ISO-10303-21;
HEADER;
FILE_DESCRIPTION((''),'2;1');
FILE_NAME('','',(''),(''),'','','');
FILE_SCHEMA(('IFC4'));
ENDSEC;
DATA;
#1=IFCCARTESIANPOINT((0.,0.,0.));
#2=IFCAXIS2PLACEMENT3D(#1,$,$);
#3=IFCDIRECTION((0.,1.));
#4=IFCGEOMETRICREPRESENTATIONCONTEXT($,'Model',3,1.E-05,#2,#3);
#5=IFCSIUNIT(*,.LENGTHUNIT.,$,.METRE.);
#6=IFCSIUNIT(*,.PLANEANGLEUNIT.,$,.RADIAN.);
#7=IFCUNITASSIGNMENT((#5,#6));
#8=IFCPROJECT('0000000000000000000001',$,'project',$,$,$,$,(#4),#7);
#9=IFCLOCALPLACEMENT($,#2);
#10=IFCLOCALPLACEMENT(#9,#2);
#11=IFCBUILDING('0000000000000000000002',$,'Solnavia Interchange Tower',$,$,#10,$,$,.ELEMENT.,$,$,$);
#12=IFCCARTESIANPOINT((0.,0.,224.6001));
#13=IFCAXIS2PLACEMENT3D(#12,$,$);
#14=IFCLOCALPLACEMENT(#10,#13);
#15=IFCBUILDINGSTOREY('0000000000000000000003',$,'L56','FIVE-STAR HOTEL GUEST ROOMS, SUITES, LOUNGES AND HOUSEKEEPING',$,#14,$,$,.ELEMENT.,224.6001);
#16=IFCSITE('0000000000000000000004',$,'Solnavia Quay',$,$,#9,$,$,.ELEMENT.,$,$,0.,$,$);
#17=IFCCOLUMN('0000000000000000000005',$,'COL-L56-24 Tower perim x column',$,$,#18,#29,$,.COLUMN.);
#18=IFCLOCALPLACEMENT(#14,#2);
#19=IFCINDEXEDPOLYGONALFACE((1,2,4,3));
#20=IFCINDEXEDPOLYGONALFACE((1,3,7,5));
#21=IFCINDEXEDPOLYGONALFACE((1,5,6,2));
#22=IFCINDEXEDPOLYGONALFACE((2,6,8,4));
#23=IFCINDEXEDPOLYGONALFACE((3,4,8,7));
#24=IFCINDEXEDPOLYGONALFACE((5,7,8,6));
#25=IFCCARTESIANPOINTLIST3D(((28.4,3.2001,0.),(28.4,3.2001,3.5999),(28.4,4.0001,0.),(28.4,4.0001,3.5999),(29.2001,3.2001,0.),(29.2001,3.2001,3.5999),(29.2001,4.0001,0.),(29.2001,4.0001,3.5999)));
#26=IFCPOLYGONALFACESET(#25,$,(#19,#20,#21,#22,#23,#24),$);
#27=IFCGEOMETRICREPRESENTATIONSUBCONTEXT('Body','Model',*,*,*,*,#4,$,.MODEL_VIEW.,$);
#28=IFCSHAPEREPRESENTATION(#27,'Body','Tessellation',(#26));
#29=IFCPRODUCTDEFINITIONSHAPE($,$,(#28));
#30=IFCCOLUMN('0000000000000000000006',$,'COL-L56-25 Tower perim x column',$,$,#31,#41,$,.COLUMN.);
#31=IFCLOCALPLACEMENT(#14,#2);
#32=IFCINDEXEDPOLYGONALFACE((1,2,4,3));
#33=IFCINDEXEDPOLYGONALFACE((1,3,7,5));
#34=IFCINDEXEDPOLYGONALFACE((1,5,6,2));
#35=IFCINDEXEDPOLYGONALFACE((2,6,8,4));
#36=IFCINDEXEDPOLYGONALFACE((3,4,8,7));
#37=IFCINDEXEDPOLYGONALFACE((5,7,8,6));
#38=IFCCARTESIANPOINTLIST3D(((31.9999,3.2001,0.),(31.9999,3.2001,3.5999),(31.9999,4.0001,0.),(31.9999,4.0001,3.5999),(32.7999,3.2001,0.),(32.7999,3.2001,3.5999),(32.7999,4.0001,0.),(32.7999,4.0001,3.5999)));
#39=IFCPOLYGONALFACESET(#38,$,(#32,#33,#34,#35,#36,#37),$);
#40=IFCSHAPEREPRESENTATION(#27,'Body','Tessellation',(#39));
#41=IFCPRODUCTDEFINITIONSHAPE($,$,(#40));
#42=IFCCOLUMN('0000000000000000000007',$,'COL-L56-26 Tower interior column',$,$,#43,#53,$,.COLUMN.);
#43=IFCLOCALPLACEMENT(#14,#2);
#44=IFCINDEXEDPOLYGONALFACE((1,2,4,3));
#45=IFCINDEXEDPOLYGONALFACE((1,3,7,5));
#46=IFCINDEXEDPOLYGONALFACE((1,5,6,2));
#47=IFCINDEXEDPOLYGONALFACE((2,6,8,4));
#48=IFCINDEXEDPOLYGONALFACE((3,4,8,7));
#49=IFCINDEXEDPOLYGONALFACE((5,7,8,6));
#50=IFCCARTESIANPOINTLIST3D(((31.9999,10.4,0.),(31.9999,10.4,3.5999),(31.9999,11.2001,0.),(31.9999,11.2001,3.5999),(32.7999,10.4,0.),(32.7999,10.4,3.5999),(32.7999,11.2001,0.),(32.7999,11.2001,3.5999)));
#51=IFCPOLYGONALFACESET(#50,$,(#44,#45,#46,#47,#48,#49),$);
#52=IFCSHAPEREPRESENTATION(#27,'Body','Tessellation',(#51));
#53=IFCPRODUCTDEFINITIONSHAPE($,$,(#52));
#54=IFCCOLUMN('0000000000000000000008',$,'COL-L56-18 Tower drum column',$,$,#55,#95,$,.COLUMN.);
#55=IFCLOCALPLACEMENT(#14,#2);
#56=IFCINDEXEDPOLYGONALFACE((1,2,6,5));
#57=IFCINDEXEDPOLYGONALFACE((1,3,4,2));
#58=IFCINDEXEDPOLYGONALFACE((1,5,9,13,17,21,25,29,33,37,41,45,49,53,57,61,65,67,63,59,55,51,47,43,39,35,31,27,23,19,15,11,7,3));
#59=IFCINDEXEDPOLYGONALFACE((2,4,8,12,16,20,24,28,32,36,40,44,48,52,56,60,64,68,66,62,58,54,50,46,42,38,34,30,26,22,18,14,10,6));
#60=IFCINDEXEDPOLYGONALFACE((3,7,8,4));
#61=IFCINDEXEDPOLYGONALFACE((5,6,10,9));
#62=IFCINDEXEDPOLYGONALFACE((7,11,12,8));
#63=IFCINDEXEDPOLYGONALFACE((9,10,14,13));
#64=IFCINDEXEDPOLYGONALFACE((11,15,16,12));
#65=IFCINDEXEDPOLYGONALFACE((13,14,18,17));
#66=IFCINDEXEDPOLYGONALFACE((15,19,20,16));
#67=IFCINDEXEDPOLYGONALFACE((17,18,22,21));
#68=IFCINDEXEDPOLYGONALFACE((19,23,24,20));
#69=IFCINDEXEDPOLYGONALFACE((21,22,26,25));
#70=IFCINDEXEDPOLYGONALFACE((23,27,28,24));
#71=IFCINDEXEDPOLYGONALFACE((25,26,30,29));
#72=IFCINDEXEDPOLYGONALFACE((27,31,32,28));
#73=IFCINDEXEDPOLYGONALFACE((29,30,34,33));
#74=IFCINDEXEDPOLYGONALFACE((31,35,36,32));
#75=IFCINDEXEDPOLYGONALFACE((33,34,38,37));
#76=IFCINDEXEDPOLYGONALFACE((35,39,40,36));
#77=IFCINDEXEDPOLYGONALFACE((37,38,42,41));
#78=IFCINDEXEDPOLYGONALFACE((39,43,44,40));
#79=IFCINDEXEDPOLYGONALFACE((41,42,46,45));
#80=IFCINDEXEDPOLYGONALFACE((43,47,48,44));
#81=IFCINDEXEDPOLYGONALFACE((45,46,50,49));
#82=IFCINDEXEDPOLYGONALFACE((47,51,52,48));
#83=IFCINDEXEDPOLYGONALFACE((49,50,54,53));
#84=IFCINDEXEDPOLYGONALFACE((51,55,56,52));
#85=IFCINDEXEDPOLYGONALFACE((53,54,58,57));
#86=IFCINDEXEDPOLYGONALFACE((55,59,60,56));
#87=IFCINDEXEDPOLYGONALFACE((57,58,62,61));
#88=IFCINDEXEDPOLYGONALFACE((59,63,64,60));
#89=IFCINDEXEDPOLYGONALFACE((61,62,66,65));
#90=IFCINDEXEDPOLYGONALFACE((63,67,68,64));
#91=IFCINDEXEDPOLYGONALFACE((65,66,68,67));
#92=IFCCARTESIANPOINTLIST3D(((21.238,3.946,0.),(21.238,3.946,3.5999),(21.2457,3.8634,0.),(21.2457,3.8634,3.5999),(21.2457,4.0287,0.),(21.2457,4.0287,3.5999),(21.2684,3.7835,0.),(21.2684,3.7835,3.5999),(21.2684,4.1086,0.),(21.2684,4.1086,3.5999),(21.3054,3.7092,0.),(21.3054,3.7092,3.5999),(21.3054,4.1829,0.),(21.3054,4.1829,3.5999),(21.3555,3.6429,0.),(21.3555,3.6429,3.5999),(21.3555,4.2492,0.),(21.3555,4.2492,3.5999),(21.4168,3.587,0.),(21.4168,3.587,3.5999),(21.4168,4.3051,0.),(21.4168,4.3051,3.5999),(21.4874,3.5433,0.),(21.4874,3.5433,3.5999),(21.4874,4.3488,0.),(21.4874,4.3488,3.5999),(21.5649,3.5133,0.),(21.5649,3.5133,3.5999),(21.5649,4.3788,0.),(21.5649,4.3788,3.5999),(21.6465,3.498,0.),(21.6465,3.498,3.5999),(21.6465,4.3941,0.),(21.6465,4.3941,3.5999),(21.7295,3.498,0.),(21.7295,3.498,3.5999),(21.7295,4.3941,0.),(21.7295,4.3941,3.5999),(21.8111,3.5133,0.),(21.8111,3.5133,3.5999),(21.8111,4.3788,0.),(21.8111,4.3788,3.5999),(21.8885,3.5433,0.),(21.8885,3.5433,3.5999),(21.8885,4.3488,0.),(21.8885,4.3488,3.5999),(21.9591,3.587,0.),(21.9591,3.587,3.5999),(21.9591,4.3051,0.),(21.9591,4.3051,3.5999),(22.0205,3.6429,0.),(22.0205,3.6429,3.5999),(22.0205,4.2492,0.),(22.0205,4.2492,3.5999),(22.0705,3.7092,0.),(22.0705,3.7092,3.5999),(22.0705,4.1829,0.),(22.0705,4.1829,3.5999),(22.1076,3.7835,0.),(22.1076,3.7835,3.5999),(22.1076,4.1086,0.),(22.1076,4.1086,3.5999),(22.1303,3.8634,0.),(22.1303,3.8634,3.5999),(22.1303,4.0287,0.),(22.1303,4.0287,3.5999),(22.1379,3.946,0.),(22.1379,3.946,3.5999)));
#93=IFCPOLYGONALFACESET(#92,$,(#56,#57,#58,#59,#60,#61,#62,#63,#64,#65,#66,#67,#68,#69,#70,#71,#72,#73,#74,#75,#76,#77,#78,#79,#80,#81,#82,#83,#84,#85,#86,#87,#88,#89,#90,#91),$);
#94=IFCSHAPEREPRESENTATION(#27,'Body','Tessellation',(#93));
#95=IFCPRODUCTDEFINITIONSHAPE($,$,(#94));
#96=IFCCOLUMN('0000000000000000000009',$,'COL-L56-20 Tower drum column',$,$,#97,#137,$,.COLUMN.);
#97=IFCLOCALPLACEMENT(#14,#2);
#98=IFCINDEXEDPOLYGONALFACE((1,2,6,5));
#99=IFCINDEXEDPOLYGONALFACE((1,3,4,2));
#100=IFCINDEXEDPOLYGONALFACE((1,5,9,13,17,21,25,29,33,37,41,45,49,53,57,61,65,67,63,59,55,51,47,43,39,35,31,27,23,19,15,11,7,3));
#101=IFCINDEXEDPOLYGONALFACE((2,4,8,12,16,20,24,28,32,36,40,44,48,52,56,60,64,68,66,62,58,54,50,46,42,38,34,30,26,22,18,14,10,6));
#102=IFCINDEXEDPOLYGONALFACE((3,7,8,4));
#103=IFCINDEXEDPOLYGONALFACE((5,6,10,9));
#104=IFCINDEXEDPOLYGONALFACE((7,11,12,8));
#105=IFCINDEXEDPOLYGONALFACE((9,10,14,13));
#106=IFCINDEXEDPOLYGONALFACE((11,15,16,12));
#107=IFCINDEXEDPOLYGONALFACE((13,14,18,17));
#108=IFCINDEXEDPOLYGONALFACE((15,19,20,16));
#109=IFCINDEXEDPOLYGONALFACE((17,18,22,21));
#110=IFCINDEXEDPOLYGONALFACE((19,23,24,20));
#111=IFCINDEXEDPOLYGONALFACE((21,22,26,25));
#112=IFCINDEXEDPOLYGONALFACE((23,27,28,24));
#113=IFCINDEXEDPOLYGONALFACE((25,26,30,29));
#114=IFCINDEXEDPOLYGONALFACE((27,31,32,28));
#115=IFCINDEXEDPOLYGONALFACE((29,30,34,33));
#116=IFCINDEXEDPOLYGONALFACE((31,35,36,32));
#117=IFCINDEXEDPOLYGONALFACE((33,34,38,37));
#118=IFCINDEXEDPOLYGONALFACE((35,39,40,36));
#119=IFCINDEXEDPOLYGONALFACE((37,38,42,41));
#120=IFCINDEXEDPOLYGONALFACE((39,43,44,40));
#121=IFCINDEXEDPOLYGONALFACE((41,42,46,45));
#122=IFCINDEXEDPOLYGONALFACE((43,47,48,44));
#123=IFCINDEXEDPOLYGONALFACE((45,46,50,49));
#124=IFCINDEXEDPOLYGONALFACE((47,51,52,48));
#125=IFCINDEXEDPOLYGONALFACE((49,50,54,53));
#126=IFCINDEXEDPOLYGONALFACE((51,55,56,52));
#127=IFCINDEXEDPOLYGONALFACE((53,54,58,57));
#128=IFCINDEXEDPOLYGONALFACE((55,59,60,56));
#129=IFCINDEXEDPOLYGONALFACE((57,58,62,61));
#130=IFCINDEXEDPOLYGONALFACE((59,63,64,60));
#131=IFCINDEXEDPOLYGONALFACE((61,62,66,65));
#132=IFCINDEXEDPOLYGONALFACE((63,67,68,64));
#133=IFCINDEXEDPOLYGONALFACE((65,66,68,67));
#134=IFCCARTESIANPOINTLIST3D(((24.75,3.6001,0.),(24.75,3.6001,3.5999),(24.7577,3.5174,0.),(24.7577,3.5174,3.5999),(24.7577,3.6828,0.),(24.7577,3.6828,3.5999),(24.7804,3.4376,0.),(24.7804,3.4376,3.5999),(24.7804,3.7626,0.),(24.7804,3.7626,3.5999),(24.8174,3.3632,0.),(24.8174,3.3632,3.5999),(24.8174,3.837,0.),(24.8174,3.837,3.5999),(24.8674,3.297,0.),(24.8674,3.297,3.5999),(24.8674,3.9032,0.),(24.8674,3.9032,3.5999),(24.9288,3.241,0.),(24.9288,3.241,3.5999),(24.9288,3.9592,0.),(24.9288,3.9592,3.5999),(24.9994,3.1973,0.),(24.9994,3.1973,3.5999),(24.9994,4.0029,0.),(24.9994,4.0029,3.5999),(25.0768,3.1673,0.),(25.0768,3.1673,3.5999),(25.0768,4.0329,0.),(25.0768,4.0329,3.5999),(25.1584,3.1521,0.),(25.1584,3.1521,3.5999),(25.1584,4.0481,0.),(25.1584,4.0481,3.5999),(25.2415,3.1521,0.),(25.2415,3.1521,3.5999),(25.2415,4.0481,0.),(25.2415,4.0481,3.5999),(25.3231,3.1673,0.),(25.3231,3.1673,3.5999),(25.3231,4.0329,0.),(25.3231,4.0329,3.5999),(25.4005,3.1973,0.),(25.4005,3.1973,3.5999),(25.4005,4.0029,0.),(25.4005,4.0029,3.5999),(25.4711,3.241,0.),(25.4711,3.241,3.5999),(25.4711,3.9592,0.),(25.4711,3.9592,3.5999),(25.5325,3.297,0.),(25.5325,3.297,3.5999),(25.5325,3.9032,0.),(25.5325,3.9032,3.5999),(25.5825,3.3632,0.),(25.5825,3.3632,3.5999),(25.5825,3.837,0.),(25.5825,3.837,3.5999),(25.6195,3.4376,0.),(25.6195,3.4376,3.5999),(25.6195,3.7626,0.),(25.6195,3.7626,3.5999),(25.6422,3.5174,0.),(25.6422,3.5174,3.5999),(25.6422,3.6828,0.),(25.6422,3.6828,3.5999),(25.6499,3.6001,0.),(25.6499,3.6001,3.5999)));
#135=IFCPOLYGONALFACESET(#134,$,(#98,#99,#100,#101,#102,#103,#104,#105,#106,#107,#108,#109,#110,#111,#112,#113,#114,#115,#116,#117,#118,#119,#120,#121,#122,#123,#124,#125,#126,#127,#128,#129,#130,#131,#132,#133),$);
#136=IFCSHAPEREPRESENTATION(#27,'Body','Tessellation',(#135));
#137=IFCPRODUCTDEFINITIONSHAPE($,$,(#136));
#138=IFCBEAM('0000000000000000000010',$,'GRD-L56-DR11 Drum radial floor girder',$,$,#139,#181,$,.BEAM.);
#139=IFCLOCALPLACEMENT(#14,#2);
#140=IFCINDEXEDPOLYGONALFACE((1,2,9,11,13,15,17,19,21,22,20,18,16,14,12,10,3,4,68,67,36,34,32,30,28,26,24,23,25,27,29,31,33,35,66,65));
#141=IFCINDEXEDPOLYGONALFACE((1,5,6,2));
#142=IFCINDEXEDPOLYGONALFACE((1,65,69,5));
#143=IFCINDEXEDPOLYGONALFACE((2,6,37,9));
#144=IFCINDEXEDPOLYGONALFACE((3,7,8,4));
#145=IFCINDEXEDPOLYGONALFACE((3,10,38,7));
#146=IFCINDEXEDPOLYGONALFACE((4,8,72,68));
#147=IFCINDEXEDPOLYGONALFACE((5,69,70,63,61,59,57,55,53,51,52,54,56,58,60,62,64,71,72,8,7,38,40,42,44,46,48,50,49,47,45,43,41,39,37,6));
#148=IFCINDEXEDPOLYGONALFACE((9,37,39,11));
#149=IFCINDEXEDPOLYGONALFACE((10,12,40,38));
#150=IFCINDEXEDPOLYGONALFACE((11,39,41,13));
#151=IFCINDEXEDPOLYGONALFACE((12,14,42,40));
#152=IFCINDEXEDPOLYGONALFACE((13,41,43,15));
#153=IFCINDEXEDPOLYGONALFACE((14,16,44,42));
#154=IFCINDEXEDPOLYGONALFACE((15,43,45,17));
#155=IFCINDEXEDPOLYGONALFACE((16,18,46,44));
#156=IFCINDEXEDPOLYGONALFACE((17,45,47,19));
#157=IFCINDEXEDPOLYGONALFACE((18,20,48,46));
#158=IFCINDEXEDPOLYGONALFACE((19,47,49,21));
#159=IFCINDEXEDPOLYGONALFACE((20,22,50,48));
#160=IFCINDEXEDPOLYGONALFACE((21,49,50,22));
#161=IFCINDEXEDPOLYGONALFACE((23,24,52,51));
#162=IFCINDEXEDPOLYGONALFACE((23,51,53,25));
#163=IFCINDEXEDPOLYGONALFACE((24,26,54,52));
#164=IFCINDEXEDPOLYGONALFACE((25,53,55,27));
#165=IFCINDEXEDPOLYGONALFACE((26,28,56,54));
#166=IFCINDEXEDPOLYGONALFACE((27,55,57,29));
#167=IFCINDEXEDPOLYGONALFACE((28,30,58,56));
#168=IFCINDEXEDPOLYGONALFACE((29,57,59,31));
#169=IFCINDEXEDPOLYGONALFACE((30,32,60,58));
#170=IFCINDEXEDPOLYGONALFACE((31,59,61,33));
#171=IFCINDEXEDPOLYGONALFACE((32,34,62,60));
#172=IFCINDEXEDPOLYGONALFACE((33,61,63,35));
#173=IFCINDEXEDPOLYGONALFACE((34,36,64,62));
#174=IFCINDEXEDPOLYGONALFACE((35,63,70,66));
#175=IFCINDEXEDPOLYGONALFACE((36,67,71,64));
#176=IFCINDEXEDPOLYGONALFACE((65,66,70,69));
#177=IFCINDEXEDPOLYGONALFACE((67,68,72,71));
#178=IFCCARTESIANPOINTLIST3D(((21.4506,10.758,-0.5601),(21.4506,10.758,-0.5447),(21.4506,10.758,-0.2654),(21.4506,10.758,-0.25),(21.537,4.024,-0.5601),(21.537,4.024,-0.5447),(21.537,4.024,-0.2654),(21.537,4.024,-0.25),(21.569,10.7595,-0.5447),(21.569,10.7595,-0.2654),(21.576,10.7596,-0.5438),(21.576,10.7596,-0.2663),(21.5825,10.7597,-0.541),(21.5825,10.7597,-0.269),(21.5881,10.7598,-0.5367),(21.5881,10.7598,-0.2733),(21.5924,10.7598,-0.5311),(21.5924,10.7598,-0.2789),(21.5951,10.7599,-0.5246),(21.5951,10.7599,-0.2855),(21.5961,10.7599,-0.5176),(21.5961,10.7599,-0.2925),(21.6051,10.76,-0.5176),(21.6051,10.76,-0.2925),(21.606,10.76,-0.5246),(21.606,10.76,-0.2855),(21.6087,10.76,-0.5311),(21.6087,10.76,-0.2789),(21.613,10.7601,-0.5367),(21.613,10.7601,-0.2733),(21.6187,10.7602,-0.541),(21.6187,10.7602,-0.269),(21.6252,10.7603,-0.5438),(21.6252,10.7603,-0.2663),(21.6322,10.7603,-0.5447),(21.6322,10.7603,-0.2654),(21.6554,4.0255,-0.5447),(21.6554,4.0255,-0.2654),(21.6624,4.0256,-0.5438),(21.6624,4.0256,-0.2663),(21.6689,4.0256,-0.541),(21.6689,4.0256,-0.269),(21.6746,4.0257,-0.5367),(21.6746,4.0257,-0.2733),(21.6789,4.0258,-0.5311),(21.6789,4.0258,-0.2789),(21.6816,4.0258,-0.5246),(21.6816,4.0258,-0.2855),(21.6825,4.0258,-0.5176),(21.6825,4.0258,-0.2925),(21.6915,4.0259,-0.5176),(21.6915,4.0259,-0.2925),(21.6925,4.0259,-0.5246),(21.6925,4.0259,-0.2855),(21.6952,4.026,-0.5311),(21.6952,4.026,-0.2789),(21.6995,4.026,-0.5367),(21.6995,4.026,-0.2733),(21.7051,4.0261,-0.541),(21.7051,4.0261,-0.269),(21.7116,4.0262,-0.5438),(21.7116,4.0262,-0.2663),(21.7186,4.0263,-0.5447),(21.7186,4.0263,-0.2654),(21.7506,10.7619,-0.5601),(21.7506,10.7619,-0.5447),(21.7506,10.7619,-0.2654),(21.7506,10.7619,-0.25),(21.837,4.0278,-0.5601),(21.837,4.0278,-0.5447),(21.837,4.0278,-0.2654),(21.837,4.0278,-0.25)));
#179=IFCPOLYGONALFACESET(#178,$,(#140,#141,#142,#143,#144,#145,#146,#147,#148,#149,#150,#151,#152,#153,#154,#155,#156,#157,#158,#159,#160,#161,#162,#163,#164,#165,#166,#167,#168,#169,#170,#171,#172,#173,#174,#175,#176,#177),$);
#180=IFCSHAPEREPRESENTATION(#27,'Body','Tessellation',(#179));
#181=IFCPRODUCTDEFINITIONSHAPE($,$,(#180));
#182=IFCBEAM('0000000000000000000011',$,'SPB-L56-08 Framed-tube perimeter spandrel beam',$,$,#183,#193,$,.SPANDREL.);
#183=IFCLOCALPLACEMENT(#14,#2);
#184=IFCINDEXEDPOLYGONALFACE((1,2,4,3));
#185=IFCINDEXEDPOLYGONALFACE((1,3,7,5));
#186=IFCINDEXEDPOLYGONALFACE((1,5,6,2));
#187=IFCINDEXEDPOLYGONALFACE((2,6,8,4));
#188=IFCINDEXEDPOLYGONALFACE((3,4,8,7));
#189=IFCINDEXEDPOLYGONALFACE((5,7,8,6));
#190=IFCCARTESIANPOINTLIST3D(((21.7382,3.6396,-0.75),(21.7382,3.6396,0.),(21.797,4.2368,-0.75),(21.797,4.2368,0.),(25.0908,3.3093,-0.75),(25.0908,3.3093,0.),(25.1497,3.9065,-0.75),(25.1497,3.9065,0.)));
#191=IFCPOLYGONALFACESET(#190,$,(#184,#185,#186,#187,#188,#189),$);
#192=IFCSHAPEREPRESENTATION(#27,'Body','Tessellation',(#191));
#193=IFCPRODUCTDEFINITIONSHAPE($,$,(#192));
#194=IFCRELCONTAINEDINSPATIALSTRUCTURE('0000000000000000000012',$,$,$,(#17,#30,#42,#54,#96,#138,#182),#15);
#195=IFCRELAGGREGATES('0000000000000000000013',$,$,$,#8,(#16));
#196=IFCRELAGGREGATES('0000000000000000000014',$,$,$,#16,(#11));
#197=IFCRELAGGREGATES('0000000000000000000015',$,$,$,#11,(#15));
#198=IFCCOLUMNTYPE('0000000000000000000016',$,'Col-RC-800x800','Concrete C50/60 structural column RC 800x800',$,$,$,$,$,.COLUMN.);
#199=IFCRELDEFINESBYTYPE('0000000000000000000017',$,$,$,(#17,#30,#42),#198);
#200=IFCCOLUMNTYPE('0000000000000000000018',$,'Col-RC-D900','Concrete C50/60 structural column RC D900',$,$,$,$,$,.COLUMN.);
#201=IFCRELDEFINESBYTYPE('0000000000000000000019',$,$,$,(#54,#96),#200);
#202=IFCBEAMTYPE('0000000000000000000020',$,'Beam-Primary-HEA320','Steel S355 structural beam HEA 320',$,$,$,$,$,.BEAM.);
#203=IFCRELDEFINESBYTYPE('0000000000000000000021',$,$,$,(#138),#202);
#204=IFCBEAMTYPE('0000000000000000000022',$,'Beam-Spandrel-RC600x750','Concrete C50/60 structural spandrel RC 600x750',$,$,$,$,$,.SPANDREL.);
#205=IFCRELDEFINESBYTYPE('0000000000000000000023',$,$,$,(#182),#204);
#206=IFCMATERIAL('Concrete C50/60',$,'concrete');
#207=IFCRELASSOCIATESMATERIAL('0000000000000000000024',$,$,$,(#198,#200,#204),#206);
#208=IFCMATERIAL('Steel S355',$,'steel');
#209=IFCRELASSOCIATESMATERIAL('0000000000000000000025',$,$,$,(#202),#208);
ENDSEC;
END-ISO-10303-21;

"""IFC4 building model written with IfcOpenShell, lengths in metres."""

from ifc_helpers import new_model, si_unit, direction, frame, origin, origin_2d, place, context, subcontext, project, spatial, rectangle, circle, i_section, extrude, material, material_profile, profile_set, type_object, element, save


model = new_model("IFC4")

# Units and contexts
model_context = context("Model", 3, precision=1e-05, world=origin(), true_north=direction((0.0, 1.0)))
body_context = subcontext(model_context, "Body", "Model", "MODEL_VIEW")
ifc_project = project(units=[si_unit("LENGTHUNIT", "METRE"), si_unit("PLANEANGLEUNIT", "RADIAN")], contexts=[model_context])

# Site, building, storey
site_placement = place(None, origin())
site = spatial("IfcSite", under=ifc_project, at=site_placement, Name="Solnavia Quay", CompositionType="ELEMENT", RefElevation=0.0)
building_placement = place(site_placement, origin())
building = spatial("IfcBuilding", under=site, at=building_placement, Name="Solnavia Interchange Tower", CompositionType="ELEMENT")
storey_placement = place(building_placement, frame((0.0, 0.0, 224.6001)))
storey = spatial("IfcBuildingStorey", under=building, at=storey_placement, Name="L56", Description="FIVE-STAR HOTEL GUEST ROOMS, SUITES, LOUNGES AND HOUSEKEEPING", CompositionType="ELEMENT", Elevation=224.6001)

# Columns
ifc_material_1 = material(Name="Concrete C50/60", Category="concrete")
ifc_material_profile_1 = material_profile(ifc_material_1, rectangle(XDim=0.8, YDim=0.8, at=origin_2d()), Name="RC 800x800")
ifc_profile_set_1 = profile_set([ifc_material_profile_1], Name="Concrete C50/60")
column_type_1 = type_object("IfcColumnType", Name="Col-RC-800x800", Description="Concrete C50/60 structural column RC 800x800", PredefinedType="COLUMN", material=ifc_profile_set_1)
for number, where, z_axis, x_axis, name in (
    (1, (28.8, 3.6001, 0.0), (0.0, 0.0, 1.0), (1.0, 0.0, 0.0), "COL-L56-24 Tower perim x column"),
    (2, (32.3999, 3.6001, 0.0), (0.0, 0.0, 1.0), (1.0, 0.0, 0.0), "COL-L56-25 Tower perim x column"),
    (3, (32.3999, 10.8, 0.0), (0.0, 0.0, 1.0), (1.0, 0.0, 0.0), "COL-L56-26 Tower interior column"),
):
    element("IfcColumn", number, at=place(storey_placement, frame(where, z_axis=z_axis, x_axis=x_axis)), inside=storey, type_object=column_type_1, Name=name, PredefinedType="COLUMN", context=body_context, shape_type="SweptSolid", body=[
        extrude(rectangle(XDim=0.8, YDim=0.8, at=origin_2d()), origin(), (0.0, 0.0, 1.0), 3.5999),
    ])
ifc_material_profile_2 = material_profile(ifc_material_1, circle(Radius=0.45, at=origin_2d()), Name="RC D900")
ifc_profile_set_2 = profile_set([ifc_material_profile_2], Name="Concrete C50/60")
column_type_2 = type_object("IfcColumnType", Name="Col-RC-D900", Description="Concrete C50/60 structural column RC D900", PredefinedType="COLUMN", material=ifc_profile_set_2)
for number, where, z_axis, x_axis, name in (
    (4, (21.688, 3.946, 0.0), (0.0, 0.0, 1.0), (1.0, 0.0, 0.0), "COL-L56-18 Tower drum column"),
    (5, (25.2, 3.6001, 0.0), (0.0, 0.0, 1.0), (1.0, 0.0, 0.0), "COL-L56-20 Tower drum column"),
):
    element("IfcColumn", number, at=place(storey_placement, frame(where, z_axis=z_axis, x_axis=x_axis)), inside=storey, type_object=column_type_2, Name=name, PredefinedType="COLUMN", context=body_context, shape_type="SweptSolid", body=[
        extrude(circle(Radius=0.45, at=origin_2d()), origin(), (0.0, 0.0, 1.0), 3.5999),
    ])

# Beams
ifc_material_2 = material(Name="Steel S355", Category="steel")
ifc_material_profile_3 = material_profile(ifc_material_2, i_section(OverallWidth=0.3, OverallDepth=0.3101, WebThickness=0.009, FlangeThickness=0.0154, FilletRadius=0.0271, at=origin_2d()), Name="HEA 320")
ifc_profile_set_3 = profile_set([ifc_material_profile_3], Name="Steel S355")
beam_type_1 = type_object("IfcBeamType", Name="Beam-Primary-HEA320", Description="Steel S355 structural beam HEA 320", PredefinedType="BEAM", material=ifc_profile_set_3)
beam_1_placement = place(storey_placement, frame((21.687, 4.0259, -0.405), z_axis=(-0.012833, 0.999918, 0.0), x_axis=(-0.999918, -0.012833, 0.0)))
element("IfcBeam", 6, at=beam_1_placement, inside=storey, type_object=beam_type_1, Name="GRD-L56-DR11 Drum radial floor girder", PredefinedType="BEAM", context=body_context, shape_type="SweptSolid", body=[
    extrude(i_section(OverallWidth=0.3, OverallDepth=0.3101, WebThickness=0.009, FlangeThickness=0.0154, FilletRadius=0.0271, at=origin_2d()), origin(), (0.0, 0.0, 1.0), 6.7346),
])
ifc_material_profile_4 = material_profile(ifc_material_1, rectangle(XDim=0.6001, YDim=0.75, at=origin_2d()), Name="RC 600x750")
ifc_profile_set_4 = profile_set([ifc_material_profile_4], Name="Concrete C50/60")
beam_type_2 = type_object("IfcBeamType", Name="Beam-Spandrel-RC600x750", Description="Concrete C50/60 structural spandrel RC 600x750", PredefinedType="SPANDREL", material=ifc_profile_set_4)
beam_2_placement = place(storey_placement, frame((21.7676, 3.9382, -0.375), z_axis=(0.995182, -0.098047, 0.0), x_axis=(0.098047, 0.995182, 0.0)))
element("IfcBeam", 7, at=beam_2_placement, inside=storey, type_object=beam_type_2, Name="SPB-L56-08 Framed-tube perimeter spandrel beam", PredefinedType="SPANDREL", context=body_context, shape_type="SweptSolid", body=[
    extrude(rectangle(XDim=0.6001, YDim=0.75, at=origin_2d()), origin(), (0.0, 0.0, 1.0), 3.3689),
])

save(model, "model.ifc")
